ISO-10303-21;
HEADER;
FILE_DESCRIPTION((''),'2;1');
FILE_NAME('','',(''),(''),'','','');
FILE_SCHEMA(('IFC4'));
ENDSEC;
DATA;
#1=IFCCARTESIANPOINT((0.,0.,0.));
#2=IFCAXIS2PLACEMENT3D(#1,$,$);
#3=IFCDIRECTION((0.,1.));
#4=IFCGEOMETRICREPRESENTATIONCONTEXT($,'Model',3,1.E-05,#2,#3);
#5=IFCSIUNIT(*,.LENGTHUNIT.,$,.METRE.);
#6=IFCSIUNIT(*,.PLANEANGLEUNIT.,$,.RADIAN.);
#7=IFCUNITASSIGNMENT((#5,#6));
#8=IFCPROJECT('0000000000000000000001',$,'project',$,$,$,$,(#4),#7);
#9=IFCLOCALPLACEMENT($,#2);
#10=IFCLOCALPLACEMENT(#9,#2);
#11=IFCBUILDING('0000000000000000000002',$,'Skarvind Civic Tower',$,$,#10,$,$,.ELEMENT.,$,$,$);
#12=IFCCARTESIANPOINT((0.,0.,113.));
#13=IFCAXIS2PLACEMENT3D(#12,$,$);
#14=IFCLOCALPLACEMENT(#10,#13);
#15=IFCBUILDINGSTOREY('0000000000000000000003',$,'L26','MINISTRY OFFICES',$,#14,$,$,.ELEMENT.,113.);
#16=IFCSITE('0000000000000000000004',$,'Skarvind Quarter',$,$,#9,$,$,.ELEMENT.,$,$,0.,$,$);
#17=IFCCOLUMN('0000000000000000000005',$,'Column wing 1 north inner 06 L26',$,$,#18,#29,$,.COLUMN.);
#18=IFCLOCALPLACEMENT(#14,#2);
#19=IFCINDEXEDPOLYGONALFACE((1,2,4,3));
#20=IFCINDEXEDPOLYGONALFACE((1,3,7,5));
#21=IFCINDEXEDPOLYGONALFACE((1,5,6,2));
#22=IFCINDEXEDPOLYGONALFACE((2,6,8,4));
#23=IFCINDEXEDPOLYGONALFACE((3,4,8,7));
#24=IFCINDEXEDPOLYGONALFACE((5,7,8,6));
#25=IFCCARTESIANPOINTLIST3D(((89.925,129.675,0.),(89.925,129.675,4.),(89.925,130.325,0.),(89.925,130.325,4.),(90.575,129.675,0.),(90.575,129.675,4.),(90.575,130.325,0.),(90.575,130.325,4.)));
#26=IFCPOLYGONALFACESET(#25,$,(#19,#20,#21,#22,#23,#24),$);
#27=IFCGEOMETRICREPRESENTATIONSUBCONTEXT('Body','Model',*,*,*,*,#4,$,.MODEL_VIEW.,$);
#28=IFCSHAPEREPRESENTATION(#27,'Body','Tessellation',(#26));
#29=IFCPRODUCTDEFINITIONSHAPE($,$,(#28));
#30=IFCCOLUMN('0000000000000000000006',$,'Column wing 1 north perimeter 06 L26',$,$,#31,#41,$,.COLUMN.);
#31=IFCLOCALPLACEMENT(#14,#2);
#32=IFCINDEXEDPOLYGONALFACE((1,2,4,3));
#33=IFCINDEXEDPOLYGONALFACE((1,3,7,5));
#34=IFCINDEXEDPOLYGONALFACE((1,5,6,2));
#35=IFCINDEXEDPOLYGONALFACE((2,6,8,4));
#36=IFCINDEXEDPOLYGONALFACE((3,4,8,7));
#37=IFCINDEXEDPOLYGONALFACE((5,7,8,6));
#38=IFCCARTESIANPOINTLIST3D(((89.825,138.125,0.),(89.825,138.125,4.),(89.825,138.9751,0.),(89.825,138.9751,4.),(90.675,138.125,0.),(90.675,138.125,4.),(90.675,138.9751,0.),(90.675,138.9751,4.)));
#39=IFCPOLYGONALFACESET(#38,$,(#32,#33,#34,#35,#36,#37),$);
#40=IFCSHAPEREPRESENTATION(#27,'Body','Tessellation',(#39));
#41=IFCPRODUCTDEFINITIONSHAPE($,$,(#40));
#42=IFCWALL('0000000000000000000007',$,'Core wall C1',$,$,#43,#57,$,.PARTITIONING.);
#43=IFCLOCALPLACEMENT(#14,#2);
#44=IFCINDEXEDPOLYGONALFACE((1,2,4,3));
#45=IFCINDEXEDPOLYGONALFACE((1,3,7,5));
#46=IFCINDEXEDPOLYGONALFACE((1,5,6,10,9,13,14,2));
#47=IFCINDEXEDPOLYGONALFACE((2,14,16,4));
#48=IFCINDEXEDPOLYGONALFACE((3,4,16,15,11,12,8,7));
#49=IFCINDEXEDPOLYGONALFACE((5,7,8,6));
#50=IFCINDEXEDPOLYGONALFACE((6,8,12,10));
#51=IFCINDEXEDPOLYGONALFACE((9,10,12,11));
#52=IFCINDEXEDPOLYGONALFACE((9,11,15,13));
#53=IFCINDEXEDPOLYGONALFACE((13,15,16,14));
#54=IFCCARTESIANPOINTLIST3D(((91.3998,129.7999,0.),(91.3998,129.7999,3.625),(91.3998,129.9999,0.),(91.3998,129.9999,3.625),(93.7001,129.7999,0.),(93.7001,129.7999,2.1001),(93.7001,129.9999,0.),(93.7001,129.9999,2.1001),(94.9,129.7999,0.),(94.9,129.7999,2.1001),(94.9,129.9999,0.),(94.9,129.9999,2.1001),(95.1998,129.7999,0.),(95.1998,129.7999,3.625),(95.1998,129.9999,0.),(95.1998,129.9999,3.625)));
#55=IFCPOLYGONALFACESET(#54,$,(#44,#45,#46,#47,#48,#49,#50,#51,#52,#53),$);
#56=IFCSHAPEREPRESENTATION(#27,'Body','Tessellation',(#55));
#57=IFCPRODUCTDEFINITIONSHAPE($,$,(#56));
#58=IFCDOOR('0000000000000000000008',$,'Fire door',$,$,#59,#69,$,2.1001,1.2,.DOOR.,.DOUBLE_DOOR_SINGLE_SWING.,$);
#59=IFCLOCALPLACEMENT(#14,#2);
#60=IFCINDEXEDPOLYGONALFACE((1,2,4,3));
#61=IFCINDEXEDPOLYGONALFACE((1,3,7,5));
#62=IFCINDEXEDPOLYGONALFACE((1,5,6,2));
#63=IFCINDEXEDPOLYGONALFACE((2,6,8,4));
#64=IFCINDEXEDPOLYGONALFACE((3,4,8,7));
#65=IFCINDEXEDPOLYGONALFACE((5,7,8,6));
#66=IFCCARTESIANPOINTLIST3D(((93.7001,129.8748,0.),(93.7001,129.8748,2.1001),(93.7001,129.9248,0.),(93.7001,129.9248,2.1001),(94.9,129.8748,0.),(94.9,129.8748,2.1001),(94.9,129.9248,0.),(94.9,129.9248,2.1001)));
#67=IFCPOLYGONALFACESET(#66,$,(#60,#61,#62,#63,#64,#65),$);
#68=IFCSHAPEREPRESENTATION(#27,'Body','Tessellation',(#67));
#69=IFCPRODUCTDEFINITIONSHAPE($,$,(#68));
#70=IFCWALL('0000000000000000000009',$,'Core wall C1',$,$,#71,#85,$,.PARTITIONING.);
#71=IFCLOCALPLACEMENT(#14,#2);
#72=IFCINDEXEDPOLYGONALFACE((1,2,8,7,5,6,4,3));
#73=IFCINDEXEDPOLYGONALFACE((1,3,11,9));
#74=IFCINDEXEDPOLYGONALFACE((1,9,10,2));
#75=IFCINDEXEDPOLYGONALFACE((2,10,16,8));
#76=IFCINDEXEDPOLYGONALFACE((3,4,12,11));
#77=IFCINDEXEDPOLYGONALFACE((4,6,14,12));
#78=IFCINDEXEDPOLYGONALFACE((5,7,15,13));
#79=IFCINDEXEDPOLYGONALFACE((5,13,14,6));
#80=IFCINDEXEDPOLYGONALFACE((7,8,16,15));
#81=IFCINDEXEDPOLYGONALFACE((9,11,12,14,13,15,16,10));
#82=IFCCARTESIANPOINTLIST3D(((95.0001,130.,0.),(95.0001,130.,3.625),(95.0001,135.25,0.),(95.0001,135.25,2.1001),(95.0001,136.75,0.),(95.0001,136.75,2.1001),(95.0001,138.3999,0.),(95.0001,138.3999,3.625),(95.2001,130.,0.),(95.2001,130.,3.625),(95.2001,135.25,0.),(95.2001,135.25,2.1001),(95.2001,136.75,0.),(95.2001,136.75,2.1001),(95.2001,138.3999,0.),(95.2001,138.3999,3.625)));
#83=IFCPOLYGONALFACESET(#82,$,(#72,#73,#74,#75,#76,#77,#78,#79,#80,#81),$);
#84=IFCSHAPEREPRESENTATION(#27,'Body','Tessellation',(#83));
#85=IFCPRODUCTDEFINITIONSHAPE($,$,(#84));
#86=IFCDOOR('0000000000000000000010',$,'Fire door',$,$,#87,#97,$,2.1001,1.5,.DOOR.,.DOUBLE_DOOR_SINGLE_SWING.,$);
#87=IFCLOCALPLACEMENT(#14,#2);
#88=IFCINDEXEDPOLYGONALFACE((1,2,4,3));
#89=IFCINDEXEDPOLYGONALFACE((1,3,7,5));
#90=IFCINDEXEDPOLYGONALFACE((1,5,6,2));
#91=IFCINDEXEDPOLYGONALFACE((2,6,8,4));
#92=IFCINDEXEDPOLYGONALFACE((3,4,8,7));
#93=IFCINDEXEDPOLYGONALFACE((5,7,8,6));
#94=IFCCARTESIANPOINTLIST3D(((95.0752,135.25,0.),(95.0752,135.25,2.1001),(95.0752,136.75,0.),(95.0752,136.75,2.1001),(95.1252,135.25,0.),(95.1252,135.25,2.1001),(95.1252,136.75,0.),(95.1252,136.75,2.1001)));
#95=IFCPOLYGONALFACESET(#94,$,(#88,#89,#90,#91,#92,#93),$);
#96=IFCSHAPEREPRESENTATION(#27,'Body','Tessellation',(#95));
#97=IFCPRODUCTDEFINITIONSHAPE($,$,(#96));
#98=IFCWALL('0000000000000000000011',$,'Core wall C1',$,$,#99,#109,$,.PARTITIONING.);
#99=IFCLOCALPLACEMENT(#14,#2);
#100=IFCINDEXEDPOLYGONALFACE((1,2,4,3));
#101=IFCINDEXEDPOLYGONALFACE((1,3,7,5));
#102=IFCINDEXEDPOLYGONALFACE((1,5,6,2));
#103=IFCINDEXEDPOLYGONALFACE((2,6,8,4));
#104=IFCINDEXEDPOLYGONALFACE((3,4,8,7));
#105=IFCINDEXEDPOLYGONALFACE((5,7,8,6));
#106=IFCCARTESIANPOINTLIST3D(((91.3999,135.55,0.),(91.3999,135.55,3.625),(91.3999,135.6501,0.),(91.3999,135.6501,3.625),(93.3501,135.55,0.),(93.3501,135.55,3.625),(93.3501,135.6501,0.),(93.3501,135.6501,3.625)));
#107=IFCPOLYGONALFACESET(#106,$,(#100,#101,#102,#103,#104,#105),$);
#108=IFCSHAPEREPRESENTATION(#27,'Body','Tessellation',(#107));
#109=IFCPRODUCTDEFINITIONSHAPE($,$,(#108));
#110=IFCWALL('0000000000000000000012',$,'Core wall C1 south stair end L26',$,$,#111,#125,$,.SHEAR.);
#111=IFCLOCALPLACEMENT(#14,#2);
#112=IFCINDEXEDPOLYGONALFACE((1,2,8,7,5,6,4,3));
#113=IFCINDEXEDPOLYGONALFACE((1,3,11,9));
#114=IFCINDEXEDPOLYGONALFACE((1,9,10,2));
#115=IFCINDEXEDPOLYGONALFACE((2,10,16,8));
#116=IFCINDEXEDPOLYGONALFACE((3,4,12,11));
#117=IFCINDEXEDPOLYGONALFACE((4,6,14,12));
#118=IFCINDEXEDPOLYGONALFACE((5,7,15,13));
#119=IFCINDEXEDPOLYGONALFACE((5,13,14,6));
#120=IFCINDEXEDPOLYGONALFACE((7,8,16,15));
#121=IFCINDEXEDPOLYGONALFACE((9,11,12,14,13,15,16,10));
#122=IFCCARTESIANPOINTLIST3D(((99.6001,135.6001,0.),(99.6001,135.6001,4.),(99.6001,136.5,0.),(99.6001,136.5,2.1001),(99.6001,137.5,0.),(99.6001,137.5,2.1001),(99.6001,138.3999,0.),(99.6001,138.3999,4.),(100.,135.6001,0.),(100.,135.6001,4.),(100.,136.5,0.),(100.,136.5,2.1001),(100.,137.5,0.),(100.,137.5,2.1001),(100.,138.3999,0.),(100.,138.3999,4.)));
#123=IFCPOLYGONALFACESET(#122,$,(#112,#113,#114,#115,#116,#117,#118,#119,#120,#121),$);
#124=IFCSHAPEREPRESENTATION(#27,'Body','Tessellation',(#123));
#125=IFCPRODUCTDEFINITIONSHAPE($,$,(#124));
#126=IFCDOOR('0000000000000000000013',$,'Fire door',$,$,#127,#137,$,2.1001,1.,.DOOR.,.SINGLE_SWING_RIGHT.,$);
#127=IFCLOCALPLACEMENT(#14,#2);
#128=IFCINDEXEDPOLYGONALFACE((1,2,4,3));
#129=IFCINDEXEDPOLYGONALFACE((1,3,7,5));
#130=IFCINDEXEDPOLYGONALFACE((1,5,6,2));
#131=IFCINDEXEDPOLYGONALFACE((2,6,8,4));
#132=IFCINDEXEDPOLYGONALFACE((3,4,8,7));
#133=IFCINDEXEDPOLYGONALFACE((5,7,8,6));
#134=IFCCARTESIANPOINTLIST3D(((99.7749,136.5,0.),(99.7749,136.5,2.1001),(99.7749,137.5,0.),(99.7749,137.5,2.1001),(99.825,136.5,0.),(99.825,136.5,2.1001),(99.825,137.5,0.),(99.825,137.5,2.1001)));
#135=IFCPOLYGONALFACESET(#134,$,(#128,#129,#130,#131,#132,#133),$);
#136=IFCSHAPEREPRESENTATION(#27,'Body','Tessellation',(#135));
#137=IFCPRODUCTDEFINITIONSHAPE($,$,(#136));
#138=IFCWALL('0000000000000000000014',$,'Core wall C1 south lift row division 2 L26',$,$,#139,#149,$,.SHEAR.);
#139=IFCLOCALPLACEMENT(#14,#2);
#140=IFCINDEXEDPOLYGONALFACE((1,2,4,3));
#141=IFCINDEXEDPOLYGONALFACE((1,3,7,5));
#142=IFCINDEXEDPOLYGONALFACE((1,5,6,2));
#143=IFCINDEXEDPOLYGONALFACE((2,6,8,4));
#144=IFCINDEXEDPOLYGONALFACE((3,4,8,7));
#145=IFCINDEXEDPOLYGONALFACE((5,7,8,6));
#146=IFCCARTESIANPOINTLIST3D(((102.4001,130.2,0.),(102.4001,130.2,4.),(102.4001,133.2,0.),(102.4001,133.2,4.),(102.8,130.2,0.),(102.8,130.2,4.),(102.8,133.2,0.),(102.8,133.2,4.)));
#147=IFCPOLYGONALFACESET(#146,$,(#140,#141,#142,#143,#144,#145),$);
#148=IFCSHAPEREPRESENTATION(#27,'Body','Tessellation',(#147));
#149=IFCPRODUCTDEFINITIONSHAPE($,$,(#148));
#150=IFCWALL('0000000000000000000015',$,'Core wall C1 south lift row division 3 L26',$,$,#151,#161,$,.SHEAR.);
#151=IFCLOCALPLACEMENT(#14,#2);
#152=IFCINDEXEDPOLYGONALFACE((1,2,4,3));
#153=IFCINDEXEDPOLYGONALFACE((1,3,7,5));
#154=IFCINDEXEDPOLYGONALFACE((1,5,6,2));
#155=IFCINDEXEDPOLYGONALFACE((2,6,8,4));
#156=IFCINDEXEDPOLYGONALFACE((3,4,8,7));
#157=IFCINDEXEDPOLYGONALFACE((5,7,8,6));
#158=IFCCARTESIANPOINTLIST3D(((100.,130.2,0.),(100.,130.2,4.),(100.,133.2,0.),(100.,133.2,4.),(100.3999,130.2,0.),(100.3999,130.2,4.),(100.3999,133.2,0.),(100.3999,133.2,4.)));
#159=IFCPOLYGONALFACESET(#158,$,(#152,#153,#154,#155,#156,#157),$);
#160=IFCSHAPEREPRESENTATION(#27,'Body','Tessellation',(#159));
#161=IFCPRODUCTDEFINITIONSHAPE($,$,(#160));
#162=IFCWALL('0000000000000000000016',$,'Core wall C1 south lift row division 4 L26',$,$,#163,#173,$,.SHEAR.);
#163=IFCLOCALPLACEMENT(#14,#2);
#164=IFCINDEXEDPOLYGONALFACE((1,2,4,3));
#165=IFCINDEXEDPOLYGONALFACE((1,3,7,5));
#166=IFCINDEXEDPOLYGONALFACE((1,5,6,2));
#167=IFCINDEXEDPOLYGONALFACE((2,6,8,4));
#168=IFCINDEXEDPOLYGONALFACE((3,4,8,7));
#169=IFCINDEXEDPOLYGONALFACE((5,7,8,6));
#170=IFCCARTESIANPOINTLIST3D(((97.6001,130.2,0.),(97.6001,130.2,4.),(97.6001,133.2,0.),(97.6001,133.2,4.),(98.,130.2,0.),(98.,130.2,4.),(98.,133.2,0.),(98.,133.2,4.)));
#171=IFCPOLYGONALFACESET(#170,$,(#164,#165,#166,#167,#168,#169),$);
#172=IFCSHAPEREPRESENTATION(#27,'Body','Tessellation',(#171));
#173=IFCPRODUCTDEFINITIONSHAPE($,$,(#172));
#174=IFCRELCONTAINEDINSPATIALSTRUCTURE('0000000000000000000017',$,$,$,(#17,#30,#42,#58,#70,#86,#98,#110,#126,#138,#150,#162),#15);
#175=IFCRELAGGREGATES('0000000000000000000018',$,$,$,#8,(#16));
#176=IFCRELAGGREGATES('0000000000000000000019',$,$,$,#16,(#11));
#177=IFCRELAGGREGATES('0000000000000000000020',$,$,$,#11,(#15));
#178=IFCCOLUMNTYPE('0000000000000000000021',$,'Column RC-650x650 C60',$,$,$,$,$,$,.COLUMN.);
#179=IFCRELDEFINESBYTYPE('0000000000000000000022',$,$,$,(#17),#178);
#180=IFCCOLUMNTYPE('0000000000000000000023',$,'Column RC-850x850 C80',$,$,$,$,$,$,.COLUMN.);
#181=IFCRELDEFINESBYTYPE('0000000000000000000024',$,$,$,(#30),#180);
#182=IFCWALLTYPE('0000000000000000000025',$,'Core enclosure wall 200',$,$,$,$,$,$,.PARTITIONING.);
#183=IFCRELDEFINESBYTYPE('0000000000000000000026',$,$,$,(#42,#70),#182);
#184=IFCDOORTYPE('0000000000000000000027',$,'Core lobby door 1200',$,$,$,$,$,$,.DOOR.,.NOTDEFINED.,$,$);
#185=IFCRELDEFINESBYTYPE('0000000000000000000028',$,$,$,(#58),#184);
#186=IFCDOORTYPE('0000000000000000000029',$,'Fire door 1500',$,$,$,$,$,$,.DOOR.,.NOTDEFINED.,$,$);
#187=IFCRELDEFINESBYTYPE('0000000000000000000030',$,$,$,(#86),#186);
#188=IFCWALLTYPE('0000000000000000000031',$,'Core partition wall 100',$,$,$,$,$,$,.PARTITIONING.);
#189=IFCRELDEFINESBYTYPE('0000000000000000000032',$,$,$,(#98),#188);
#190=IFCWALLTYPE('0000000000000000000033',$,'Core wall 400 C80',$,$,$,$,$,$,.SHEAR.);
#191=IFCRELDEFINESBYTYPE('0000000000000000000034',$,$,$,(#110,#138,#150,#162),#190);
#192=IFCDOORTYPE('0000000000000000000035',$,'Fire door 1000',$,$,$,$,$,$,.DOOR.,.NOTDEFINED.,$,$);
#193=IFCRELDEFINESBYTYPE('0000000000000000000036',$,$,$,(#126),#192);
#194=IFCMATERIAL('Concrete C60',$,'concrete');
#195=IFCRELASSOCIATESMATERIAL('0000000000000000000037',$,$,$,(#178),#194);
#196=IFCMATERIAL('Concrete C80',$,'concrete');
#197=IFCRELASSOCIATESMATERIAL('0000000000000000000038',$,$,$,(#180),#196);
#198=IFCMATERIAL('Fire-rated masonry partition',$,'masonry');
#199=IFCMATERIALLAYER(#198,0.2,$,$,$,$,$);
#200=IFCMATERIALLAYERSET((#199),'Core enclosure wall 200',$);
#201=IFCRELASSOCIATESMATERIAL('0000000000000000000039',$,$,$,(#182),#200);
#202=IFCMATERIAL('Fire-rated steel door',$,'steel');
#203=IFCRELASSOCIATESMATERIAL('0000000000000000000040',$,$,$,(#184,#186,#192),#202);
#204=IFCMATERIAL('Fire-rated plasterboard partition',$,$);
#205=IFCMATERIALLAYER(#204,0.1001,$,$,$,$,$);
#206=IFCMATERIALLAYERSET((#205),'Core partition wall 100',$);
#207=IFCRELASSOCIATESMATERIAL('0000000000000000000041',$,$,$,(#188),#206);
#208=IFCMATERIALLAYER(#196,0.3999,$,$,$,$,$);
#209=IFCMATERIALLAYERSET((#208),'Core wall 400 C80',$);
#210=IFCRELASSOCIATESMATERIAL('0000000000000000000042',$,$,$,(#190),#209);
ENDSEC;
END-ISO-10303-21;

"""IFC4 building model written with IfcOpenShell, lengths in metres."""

from ifc_helpers import new_model, si_unit, direction, frame, frame_2d, origin, origin_2d, place, context, subcontext, project, spatial, rectangle, extrude, material, layer, layer_set, material_profile, profile_set, type_object, element, fill, save


model = new_model("IFC4")

# Units and contexts
model_context = context("Model", 3, precision=1e-05, world=origin(), true_north=direction((0.0, 1.0)))
body_context = subcontext(model_context, "Body", "Model", "MODEL_VIEW")
ifc_project = project(units=[si_unit("LENGTHUNIT", "METRE"), si_unit("PLANEANGLEUNIT", "RADIAN")], contexts=[model_context])

# Site, building, storey
site_placement = place(None, origin())
site = spatial("IfcSite", under=ifc_project, at=site_placement, Name="Skarvind Quarter", CompositionType="ELEMENT", RefElevation=0.0)
building_placement = place(site_placement, origin())
building = spatial("IfcBuilding", under=site, at=building_placement, Name="Skarvind Civic Tower", CompositionType="ELEMENT")
storey_placement = place(building_placement, frame((0.0, 0.0, 113.0)))
storey = spatial("IfcBuildingStorey", under=building, at=storey_placement, Name="L26", Description="MINISTRY OFFICES", CompositionType="ELEMENT", Elevation=113.0)

# Columns
ifc_material_1 = material(Name="Concrete C60", Category="concrete")
ifc_material_profile_1 = material_profile(ifc_material_1, rectangle(XDim=0.6499, YDim=0.6499, at=origin_2d()), Name="RC-650x650")
ifc_profile_set_1 = profile_set([ifc_material_profile_1], Name="Concrete C60")
column_type_1 = type_object("IfcColumnType", Name="Column RC-650x650 C60", PredefinedType="COLUMN", material=ifc_profile_set_1)
column_1_placement = place(storey_placement, frame((90.25, 130.0, 0.0), z_axis=(0.0, 0.0, 1.0), x_axis=(1.0, 0.0, 0.0)))
element("IfcColumn", 1, at=column_1_placement, inside=storey, type_object=column_type_1, Name="Column wing 1 north inner 06 L26", PredefinedType="COLUMN", context=body_context, shape_type="SweptSolid", body=[
    extrude(rectangle(XDim=0.6499, YDim=0.6499, at=origin_2d()), origin(), (0.0, 0.0, 1.0), 4.0),
])
ifc_material_2 = material(Name="Concrete C80", Category="concrete")
ifc_material_profile_2 = material_profile(ifc_material_2, rectangle(XDim=0.8501, YDim=0.8501, at=origin_2d()), Name="RC-850x850")
ifc_profile_set_2 = profile_set([ifc_material_profile_2], Name="Concrete C80")
column_type_2 = type_object("IfcColumnType", Name="Column RC-850x850 C80", PredefinedType="COLUMN", material=ifc_profile_set_2)
column_2_placement = place(storey_placement, frame((90.25, 138.55, 0.0), z_axis=(0.0, 0.0, 1.0), x_axis=(1.0, 0.0, 0.0)))
element("IfcColumn", 2, at=column_2_placement, inside=storey, type_object=column_type_2, Name="Column wing 1 north perimeter 06 L26", PredefinedType="COLUMN", context=body_context, shape_type="SweptSolid", body=[
    extrude(rectangle(XDim=0.8501, YDim=0.8501, at=origin_2d()), origin(), (0.0, 0.0, 1.0), 4.0),
])

# Walls, openings, doors
ifc_material_3 = material(Name="Fire-rated masonry partition", Category="masonry")
ifc_layer_1 = layer(ifc_material_3, 0.2)
ifc_layer_set_1 = layer_set([ifc_layer_1], Name="Core enclosure wall 200")
wall_type_1 = type_object("IfcWallType", Name="Core enclosure wall 200", PredefinedType="PARTITIONING", material=ifc_layer_set_1)
wall_1_placement = place(storey_placement, frame((91.3999, 129.8999, 0.0), z_axis=(0.0, 0.0, 1.0), x_axis=(1.0, 0.0, 0.0)))
wall_1 = element("IfcWall", 3, at=wall_1_placement, inside=storey, type_object=wall_type_1, Name="Core wall C1", PredefinedType="PARTITIONING", context=body_context, shape_type="SweptSolid", body=[
    extrude(rectangle(XDim=3.8, YDim=0.2, at=frame_2d((1.8999, 0.0))), origin(), (0.0, 0.0, 1.0), 3.625),
])
opening_1_placement = place(wall_1_placement, frame((2.3, 0.0, 0.0)))
opening_1 = element("IfcOpeningElement", 4, at=opening_1_placement, cuts=wall_1, PredefinedType="OPENING", context=body_context, shape_type="SweptSolid", body=[
    extrude(rectangle(XDim=1.2, YDim=2.1001, at=frame_2d((0.6001, 1.05))), frame((0.0, 0.1099, 0.0), z_axis=(0.0, -1.0, 0.0), x_axis=(1.0, 0.0, 0.0)), (0.0, 0.0, 1.0), 0.22),
])
ifc_material_4 = material(Name="Fire-rated steel door", Category="steel")
door_type_1 = type_object("IfcDoorType", Name="Core lobby door 1200", OperationType="NOTDEFINED", PredefinedType="DOOR", material=ifc_material_4)
door_1_placement = place(opening_1_placement, origin())
door_1 = element("IfcDoor", 5, at=door_1_placement, inside=storey, type_object=door_type_1, Name="Fire door", OperationType="DOUBLE_DOOR_SINGLE_SWING", OverallHeight=2.1001, OverallWidth=1.2, PredefinedType="DOOR", context=body_context, shape_type="SweptSolid", body=[
    extrude(rectangle(XDim=1.2, YDim=2.1001, at=frame_2d((0.6001, 1.05))), frame((0.0, 0.0249, 0.0), z_axis=(0.0, -1.0, 0.0), x_axis=(1.0, 0.0, 0.0)), (0.0, 0.0, 1.0), 0.05),
])
fill(opening_1, door_1)
wall_2_placement = place(storey_placement, frame((95.1001, 130.0, 0.0), z_axis=(0.0, 0.0, 1.0), x_axis=(0.0, 1.0, 0.0)))
wall_2 = element("IfcWall", 6, at=wall_2_placement, inside=storey, type_object=wall_type_1, Name="Core wall C1", PredefinedType="PARTITIONING", context=body_context, shape_type="SweptSolid", body=[
    extrude(rectangle(XDim=8.3999, YDim=0.2, at=frame_2d((4.2, 0.0))), origin(), (0.0, 0.0, 1.0), 3.625),
])
opening_2_placement = place(wall_2_placement, frame((5.25, 0.0, 0.0)))
opening_2 = element("IfcOpeningElement", 7, at=opening_2_placement, cuts=wall_2, PredefinedType="OPENING", context=body_context, shape_type="SweptSolid", body=[
    extrude(rectangle(XDim=1.5, YDim=2.1001, at=frame_2d((0.75, 1.05))), frame((0.0, 0.1099, 0.0), z_axis=(0.0, -1.0, 0.0), x_axis=(1.0, 0.0, 0.0)), (0.0, 0.0, 1.0), 0.22),
])
door_type_2 = type_object("IfcDoorType", Name="Fire door 1500", OperationType="NOTDEFINED", PredefinedType="DOOR", material=ifc_material_4)
door_2_placement = place(opening_2_placement, origin())
door_2 = element("IfcDoor", 8, at=door_2_placement, inside=storey, type_object=door_type_2, Name="Fire door", OperationType="DOUBLE_DOOR_SINGLE_SWING", OverallHeight=2.1001, OverallWidth=1.5, PredefinedType="DOOR", context=body_context, shape_type="SweptSolid", body=[
    extrude(rectangle(XDim=1.5, YDim=2.1001, at=frame_2d((0.75, 1.05))), frame((0.0, 0.0249, 0.0), z_axis=(0.0, -1.0, 0.0), x_axis=(1.0, 0.0, 0.0)), (0.0, 0.0, 1.0), 0.05),
])
fill(opening_2, door_2)

# Wall
ifc_material_5 = material(Name="Fire-rated plasterboard partition")
ifc_layer_2 = layer(ifc_material_5, 0.1001)
ifc_layer_set_2 = layer_set([ifc_layer_2], Name="Core partition wall 100")
wall_type_2 = type_object("IfcWallType", Name="Core partition wall 100", PredefinedType="PARTITIONING", material=ifc_layer_set_2)
wall_3_placement = place(storey_placement, frame((91.3999, 135.6001, 0.0), z_axis=(0.0, 0.0, 1.0), x_axis=(1.0, 0.0, 0.0)))
element("IfcWall", 9, at=wall_3_placement, inside=storey, type_object=wall_type_2, Name="Core wall C1", PredefinedType="PARTITIONING", context=body_context, shape_type="SweptSolid", body=[
    extrude(rectangle(XDim=1.9502, YDim=0.1001, at=frame_2d((0.9751, 0.0))), origin(), (0.0, 0.0, 1.0), 3.625),
])

# Wall, opening, door
ifc_layer_3 = layer(ifc_material_2, 0.3999)
ifc_layer_set_3 = layer_set([ifc_layer_3], Name="Core wall 400 C80")
wall_type_3 = type_object("IfcWallType", Name="Core wall 400 C80", PredefinedType="SHEAR", material=ifc_layer_set_3)
wall_4_placement = place(storey_placement, frame((99.8, 138.3999, 0.0), z_axis=(0.0, 0.0, 1.0), x_axis=(0.0, -1.0, 0.0)))
wall_4 = element("IfcWall", 10, at=wall_4_placement, inside=storey, type_object=wall_type_3, Name="Core wall C1 south stair end L26", PredefinedType="SHEAR", context=body_context, shape_type="SweptSolid", body=[
    extrude(rectangle(XDim=2.7998, YDim=0.3999, at=frame_2d((1.3999, 0.0))), origin(), (0.0, 0.0, 1.0), 4.0),
])
opening_3_placement = place(wall_4_placement, frame((0.8999, 0.0, 0.0)))
opening_3 = element("IfcOpeningElement", 11, at=opening_3_placement, cuts=wall_4, PredefinedType="OPENING", context=body_context, shape_type="SweptSolid", body=[
    extrude(rectangle(XDim=1.0, YDim=2.1001, at=frame_2d((0.5, 1.05))), frame((0.0, 0.21, 0.0), z_axis=(0.0, -1.0, 0.0), x_axis=(1.0, 0.0, 0.0)), (0.0, 0.0, 1.0), 0.4199),
])
door_type_3 = type_object("IfcDoorType", Name="Fire door 1000", OperationType="NOTDEFINED", PredefinedType="DOOR", material=ifc_material_4)
door_3_placement = place(opening_3_placement, origin())
door_3 = element("IfcDoor", 12, at=door_3_placement, inside=storey, type_object=door_type_3, Name="Fire door", OperationType="SINGLE_SWING_RIGHT", OverallHeight=2.1001, OverallWidth=1.0, PredefinedType="DOOR", context=body_context, shape_type="SweptSolid", body=[
    extrude(rectangle(XDim=1.0, YDim=2.1001, at=frame_2d((0.5, 1.05))), frame((0.0, 0.0249, 0.0), z_axis=(0.0, -1.0, 0.0), x_axis=(1.0, 0.0, 0.0)), (0.0, 0.0, 1.0), 0.05),
])
fill(opening_3, door_3)

# Walls
for number, where, z_axis, x_axis, name in (
    (13, (102.6001, 133.2, 0.0), (0.0, 0.0, 1.0), (0.0, -1.0, 0.0), "Core wall C1 south lift row division 2 L26"),
    (14, (100.2, 133.2, 0.0), (0.0, 0.0, 1.0), (0.0, -1.0, 0.0), "Core wall C1 south lift row division 3 L26"),
    (15, (97.8, 133.2, 0.0), (0.0, 0.0, 1.0), (0.0, -1.0, 0.0), "Core wall C1 south lift row division 4 L26"),
):
    element("IfcWall", number, at=place(storey_placement, frame(where, z_axis=z_axis, x_axis=x_axis)), inside=storey, type_object=wall_type_3, Name=name, PredefinedType="SHEAR", context=body_context, shape_type="SweptSolid", body=[
        extrude(rectangle(XDim=3.0, YDim=0.3999, at=frame_2d((1.5, 0.0))), origin(), (0.0, 0.0, 1.0), 4.0),
    ])

save(model, "model.ifc")
